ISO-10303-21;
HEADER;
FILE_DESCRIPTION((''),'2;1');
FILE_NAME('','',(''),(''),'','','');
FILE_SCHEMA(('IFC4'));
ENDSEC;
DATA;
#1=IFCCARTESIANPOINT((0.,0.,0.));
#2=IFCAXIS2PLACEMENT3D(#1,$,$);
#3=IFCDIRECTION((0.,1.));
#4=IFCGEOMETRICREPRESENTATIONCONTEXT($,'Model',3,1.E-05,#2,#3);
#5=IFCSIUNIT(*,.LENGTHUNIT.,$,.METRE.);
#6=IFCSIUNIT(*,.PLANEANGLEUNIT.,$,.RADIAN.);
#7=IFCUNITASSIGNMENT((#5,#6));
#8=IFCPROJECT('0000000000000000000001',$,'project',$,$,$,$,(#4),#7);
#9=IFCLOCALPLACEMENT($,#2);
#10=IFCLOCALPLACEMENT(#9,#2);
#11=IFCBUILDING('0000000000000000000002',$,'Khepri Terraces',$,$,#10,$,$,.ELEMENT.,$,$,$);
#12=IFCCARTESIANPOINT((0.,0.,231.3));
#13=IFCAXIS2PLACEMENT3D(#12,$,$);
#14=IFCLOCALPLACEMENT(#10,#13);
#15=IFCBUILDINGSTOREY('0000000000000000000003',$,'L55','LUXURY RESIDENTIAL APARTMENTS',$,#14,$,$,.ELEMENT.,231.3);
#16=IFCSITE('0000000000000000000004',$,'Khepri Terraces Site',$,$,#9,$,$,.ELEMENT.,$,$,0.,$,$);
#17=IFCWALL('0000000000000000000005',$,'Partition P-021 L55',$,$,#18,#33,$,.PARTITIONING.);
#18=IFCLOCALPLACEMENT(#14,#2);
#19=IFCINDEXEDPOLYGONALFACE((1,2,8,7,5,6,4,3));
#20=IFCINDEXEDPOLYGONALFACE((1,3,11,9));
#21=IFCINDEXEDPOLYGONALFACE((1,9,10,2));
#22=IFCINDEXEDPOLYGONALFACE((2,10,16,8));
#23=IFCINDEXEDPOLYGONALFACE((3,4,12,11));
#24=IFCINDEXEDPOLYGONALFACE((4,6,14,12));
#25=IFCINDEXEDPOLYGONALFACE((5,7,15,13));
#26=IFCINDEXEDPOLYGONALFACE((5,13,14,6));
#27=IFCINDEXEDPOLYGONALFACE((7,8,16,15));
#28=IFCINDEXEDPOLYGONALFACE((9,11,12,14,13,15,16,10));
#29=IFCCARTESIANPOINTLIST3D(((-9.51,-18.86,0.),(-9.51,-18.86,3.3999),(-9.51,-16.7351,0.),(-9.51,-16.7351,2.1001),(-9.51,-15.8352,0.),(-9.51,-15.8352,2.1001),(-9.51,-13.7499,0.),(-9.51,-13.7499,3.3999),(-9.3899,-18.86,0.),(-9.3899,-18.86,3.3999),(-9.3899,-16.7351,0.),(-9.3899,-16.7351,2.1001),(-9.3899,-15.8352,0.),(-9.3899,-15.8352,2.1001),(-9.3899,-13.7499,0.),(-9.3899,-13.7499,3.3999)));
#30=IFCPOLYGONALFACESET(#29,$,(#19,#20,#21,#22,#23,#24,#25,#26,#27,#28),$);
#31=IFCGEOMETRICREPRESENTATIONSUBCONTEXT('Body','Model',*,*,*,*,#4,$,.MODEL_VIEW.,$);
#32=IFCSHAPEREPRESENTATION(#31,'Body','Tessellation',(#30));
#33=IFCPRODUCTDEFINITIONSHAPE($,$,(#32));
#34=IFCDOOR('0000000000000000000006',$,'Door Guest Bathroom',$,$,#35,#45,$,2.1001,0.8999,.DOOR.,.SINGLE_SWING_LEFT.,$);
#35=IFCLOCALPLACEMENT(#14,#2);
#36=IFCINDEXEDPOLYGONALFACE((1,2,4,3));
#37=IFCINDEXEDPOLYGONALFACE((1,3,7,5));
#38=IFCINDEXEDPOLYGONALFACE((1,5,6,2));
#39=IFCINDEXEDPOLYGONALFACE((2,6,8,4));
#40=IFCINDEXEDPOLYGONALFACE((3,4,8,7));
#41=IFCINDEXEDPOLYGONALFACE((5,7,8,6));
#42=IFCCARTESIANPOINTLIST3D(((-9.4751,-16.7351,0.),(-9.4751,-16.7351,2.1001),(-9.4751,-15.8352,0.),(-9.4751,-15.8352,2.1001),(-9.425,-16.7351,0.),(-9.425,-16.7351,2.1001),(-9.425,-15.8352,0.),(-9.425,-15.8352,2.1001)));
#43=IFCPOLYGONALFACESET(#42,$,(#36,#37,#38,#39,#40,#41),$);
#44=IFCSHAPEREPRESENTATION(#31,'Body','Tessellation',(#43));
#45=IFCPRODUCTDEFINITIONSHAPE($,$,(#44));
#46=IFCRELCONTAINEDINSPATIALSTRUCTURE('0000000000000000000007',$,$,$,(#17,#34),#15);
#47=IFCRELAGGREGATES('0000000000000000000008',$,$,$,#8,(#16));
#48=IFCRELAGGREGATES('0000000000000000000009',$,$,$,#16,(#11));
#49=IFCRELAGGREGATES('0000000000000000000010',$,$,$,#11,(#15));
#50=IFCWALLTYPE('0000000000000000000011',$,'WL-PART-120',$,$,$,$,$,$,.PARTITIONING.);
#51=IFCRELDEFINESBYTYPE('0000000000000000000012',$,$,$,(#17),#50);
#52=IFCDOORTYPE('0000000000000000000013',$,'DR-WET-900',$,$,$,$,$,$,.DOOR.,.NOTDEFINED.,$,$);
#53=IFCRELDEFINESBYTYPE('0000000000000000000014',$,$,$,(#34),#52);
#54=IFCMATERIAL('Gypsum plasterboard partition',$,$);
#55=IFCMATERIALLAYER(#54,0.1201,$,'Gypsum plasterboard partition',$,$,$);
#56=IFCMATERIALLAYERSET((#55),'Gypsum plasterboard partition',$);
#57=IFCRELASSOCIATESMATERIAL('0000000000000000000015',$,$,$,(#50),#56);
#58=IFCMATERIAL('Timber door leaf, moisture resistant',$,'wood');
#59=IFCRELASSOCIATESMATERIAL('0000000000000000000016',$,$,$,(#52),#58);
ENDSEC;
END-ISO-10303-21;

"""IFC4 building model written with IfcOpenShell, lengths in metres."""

from ifc_helpers import new_model, si_unit, direction, frame, frame_2d, origin, place, context, subcontext, project, spatial, rectangle, extrude, material, layer, layer_set, type_object, element, fill, save


model = new_model("IFC4")

# Units and contexts
model_context = context("Model", 3, precision=1e-05, world=origin(), true_north=direction((0.0, 1.0)))
body_context = subcontext(model_context, "Body", "Model", "MODEL_VIEW")
ifc_project = project(units=[si_unit("LENGTHUNIT", "METRE"), si_unit("PLANEANGLEUNIT", "RADIAN")], contexts=[model_context])

# Site, building, storey
site_placement = place(None, origin())
site = spatial("IfcSite", under=ifc_project, at=site_placement, Name="Khepri Terraces Site", CompositionType="ELEMENT", RefElevation=0.0)
building_placement = place(site_placement, origin())
building = spatial("IfcBuilding", under=site, at=building_placement, Name="Khepri Terraces", CompositionType="ELEMENT")
storey_placement = place(building_placement, frame((0.0, 0.0, 231.3)))
storey = spatial("IfcBuildingStorey", under=building, at=storey_placement, Name="L55", Description="LUXURY RESIDENTIAL APARTMENTS", CompositionType="ELEMENT", Elevation=231.3)

# Shared definitions
ifc_material_1 = material(Name="Gypsum plasterboard partition")
ifc_layer_1 = layer(ifc_material_1, 0.1201, Name="Gypsum plasterboard partition")
ifc_layer_set_1 = layer_set([ifc_layer_1], Name="Gypsum plasterboard partition")
wall_type_1 = type_object("IfcWallType", Name="WL-PART-120", PredefinedType="PARTITIONING", material=ifc_layer_set_1)

# Wall, opening, door
wall_1_placement = place(storey_placement, frame((-9.45, -18.8601, 0.0), z_axis=(0.0, 0.0, 1.0), x_axis=(0.0, 1.0, 0.0)))
wall_1 = element("IfcWall", 1, at=wall_1_placement, inside=storey, type_object=wall_type_1, Name="Partition P-021 L55", PredefinedType="PARTITIONING", context=body_context, shape_type="SweptSolid", body=[
    extrude(rectangle(XDim=5.1101, YDim=0.1201, at=frame_2d((2.5552, 0.0))), origin(), (0.0, 0.0, 1.0), 3.3999),
])
opening_1_placement = place(wall_1_placement, frame((2.125, 0.0, 0.0)))
opening_1 = element("IfcOpeningElement", 2, at=opening_1_placement, cuts=wall_1, PredefinedType="OPENING", context=body_context, shape_type="SweptSolid", body=[
    extrude(rectangle(XDim=0.8999, YDim=2.1001, at=frame_2d((0.45, 1.05))), frame((0.0, 0.0701, 0.0), z_axis=(0.0, -1.0, 0.0), x_axis=(1.0, 0.0, 0.0)), (0.0, 0.0, 1.0), 0.1401),
])
ifc_material_2 = material(Name="Timber door leaf, moisture resistant", Category="wood")
door_type_1 = type_object("IfcDoorType", Name="DR-WET-900", OperationType="NOTDEFINED", PredefinedType="DOOR", material=ifc_material_2)
door_1_placement = place(opening_1_placement, frame((0.8999, 0.0, 0.0), z_axis=(0.0, 0.0, 1.0), x_axis=(-1.0, 0.0, 0.0)))
door_1 = element("IfcDoor", 3, at=door_1_placement, inside=storey, type_object=door_type_1, Name="Door Guest Bathroom", OperationType="SINGLE_SWING_LEFT", OverallHeight=2.1001, OverallWidth=0.8999, PredefinedType="DOOR", context=body_context, shape_type="SweptSolid", body=[
    extrude(rectangle(XDim=0.8999, YDim=2.1001, at=frame_2d((0.45, 1.05))), frame((0.0, 0.0249, 0.0), z_axis=(0.0, -1.0, 0.0), x_axis=(1.0, 0.0, 0.0)), (0.0, 0.0, 1.0), 0.05),
])
fill(opening_1, door_1)

save(model, "model.ifc")
